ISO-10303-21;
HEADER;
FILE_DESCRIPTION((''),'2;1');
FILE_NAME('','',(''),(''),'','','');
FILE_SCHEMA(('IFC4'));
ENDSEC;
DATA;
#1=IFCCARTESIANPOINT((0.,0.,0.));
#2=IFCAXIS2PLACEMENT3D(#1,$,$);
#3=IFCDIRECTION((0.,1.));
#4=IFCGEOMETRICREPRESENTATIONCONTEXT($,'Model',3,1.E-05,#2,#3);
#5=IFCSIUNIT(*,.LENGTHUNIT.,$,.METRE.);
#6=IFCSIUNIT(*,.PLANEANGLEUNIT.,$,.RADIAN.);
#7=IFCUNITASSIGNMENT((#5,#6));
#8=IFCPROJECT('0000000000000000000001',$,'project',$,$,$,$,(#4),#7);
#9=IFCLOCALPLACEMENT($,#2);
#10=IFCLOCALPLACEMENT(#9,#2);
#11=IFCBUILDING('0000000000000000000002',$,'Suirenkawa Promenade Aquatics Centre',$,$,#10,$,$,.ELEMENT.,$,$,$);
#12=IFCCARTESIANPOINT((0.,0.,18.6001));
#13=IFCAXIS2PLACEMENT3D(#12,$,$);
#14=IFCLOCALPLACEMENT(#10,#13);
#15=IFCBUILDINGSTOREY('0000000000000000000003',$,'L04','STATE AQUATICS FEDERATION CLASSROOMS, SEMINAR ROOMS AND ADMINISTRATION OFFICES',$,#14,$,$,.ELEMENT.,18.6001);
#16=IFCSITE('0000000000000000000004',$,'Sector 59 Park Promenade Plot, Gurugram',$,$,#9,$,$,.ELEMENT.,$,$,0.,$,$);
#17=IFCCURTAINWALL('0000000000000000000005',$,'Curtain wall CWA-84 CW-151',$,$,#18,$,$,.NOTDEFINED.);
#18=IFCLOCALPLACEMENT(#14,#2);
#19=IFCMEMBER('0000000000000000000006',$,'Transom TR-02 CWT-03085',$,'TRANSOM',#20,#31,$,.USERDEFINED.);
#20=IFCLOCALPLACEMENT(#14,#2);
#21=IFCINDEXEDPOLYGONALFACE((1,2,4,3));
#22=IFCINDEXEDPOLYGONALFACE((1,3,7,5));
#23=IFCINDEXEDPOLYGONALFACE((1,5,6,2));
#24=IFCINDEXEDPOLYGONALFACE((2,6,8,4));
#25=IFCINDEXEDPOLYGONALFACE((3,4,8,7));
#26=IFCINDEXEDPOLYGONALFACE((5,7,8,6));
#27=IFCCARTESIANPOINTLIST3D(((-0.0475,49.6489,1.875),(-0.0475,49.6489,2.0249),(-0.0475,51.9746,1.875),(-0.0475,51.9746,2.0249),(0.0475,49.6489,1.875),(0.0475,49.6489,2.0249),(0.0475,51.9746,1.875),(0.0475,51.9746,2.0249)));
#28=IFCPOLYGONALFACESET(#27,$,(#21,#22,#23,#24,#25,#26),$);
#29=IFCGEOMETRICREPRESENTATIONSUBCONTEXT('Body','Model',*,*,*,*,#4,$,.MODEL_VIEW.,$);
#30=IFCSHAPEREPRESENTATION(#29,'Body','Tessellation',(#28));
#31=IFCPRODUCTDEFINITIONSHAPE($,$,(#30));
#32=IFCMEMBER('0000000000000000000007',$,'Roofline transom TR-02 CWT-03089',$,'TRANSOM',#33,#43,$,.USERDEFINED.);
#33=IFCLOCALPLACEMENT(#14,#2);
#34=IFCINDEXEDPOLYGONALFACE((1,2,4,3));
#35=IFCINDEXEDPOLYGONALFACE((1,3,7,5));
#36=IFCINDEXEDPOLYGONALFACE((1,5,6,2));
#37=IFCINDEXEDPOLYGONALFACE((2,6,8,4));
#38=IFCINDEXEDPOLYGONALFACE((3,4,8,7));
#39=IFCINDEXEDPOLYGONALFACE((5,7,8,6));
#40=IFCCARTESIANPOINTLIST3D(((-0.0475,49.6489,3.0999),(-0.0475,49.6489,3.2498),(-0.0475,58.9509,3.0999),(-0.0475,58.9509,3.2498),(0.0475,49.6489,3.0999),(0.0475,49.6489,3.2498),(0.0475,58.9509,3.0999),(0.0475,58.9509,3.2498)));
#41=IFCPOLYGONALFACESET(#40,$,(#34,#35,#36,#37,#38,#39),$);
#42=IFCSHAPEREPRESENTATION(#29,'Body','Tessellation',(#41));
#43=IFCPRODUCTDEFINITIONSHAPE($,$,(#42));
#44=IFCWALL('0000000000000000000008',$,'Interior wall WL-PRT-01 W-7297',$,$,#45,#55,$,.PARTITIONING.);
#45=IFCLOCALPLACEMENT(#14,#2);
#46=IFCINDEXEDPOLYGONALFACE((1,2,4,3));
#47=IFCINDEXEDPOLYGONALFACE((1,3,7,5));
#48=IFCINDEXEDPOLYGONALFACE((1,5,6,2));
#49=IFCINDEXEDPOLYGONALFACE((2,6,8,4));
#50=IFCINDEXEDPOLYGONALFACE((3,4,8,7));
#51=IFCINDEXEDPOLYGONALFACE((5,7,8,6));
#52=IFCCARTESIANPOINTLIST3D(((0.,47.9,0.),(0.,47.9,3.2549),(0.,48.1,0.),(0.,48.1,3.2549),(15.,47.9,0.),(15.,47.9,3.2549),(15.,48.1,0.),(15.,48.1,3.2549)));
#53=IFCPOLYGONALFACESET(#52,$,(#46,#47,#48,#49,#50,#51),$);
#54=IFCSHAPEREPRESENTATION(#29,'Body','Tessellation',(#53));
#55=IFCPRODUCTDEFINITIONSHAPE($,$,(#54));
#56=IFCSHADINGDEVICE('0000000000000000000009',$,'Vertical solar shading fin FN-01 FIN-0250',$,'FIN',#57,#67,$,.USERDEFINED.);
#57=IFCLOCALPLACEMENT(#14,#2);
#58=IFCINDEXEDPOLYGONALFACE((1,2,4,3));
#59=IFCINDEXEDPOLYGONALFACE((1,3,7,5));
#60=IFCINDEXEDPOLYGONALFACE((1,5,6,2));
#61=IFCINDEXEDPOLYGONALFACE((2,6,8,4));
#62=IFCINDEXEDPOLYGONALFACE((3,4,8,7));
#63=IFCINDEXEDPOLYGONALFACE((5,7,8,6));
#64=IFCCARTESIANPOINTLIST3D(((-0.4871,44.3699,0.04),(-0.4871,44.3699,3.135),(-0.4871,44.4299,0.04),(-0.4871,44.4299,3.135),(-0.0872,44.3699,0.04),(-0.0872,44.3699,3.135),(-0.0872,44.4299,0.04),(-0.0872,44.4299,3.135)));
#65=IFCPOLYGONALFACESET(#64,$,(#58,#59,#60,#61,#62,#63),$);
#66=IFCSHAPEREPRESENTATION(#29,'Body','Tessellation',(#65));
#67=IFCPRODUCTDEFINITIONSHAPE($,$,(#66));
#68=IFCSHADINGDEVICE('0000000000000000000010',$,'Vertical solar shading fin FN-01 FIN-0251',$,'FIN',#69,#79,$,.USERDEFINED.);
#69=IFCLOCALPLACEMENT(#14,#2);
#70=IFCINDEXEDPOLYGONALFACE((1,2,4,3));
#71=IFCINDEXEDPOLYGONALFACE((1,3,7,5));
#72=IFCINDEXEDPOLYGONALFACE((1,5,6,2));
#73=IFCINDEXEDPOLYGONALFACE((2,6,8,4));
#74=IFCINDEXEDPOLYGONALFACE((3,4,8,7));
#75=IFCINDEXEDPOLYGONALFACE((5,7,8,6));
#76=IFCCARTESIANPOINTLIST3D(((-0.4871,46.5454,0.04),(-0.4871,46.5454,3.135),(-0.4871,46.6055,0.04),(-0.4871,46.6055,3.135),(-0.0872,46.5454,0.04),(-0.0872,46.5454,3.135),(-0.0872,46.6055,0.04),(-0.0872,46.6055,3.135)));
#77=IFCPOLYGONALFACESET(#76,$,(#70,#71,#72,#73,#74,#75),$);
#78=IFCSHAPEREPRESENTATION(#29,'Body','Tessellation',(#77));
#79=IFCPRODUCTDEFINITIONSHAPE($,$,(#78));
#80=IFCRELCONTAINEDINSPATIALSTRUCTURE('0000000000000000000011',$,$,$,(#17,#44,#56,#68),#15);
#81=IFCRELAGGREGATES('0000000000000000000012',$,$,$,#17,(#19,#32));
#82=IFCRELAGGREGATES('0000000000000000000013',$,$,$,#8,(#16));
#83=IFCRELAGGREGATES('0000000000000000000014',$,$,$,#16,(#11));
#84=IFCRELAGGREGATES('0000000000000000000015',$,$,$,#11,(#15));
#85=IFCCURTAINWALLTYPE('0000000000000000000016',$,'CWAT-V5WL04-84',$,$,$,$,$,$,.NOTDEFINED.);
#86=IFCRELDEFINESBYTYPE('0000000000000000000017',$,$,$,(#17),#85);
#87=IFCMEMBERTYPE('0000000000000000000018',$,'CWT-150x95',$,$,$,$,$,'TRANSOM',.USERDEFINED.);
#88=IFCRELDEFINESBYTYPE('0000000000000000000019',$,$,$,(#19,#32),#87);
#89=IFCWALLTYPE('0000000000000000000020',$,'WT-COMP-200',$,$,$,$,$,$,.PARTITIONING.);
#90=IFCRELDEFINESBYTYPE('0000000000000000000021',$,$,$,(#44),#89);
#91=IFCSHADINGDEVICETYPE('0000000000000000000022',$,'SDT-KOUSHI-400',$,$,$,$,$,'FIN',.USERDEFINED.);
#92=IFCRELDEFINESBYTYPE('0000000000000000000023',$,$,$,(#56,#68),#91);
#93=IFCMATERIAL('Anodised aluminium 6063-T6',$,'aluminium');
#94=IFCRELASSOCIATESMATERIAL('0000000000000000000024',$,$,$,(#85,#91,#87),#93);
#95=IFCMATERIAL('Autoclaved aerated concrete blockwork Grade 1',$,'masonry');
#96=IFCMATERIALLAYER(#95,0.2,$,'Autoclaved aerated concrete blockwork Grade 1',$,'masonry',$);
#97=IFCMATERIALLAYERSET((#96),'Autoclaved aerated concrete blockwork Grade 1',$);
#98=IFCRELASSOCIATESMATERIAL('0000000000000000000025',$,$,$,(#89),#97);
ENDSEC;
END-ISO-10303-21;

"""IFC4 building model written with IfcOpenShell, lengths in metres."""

from ifc_helpers import new_model, si_unit, direction, frame, frame_2d, origin, origin_2d, place, context, subcontext, project, spatial, rectangle, extrude, material, layer, layer_set, material_profile, profile_set, type_object, element, aggregate, save


model = new_model("IFC4")

# Units and contexts
model_context = context("Model", 3, precision=1e-05, world=origin(), true_north=direction((0.0, 1.0)))
body_context = subcontext(model_context, "Body", "Model", "MODEL_VIEW")
ifc_project = project(units=[si_unit("LENGTHUNIT", "METRE"), si_unit("PLANEANGLEUNIT", "RADIAN")], contexts=[model_context])

# Site, building, storey
site_placement = place(None, origin())
site = spatial("IfcSite", under=ifc_project, at=site_placement, Name="Sector 59 Park Promenade Plot, Gurugram", CompositionType="ELEMENT", RefElevation=0.0)
building_placement = place(site_placement, origin())
building = spatial("IfcBuilding", under=site, at=building_placement, Name="Suirenkawa Promenade Aquatics Centre", CompositionType="ELEMENT")
storey_placement = place(building_placement, frame((0.0, 0.0, 18.6001)))
storey = spatial("IfcBuildingStorey", under=building, at=storey_placement, Name="L04", Description="STATE AQUATICS FEDERATION CLASSROOMS, SEMINAR ROOMS AND ADMINISTRATION OFFICES", CompositionType="ELEMENT", Elevation=18.6001)

# Shared definitions
ifc_material_1 = material(Name="Anodised aluminium 6063-T6", Category="aluminium")

# Curtain wall
curtain_wall_type_1 = type_object("IfcCurtainWallType", Name="CWAT-V5WL04-84", PredefinedType="NOTDEFINED", material=ifc_material_1)
curtain_wall_1_placement = place(storey_placement, origin())
curtain_wall_1 = element("IfcCurtainWall", 1, at=curtain_wall_1_placement, inside=storey, type_object=curtain_wall_type_1, Name="Curtain wall CWA-84 CW-151", PredefinedType="NOTDEFINED")

# Members
ifc_material_profile_1 = material_profile(ifc_material_1, rectangle(XDim=0.095, YDim=0.1499, at=origin_2d()), Name="ALU TRAN 95x150", Category="aluminium")
ifc_profile_set_1 = profile_set([ifc_material_profile_1], Name="Anodised aluminium 6063-T6")
member_type_1 = type_object("IfcMemberType", Name="CWT-150x95", ElementType="TRANSOM", PredefinedType="USERDEFINED", material=ifc_profile_set_1)
member_1_placement = place(storey_placement, frame((0.0, 49.6489, 1.95), z_axis=(0.0, 1.0, 0.0), x_axis=(-1.0, 0.0, 0.0)))
member_1 = element("IfcMember", 2, at=member_1_placement, type_object=member_type_1, Name="Transom TR-02 CWT-03085", ObjectType="TRANSOM", PredefinedType="USERDEFINED", context=body_context, shape_type="SweptSolid", body=[
    extrude(rectangle(XDim=0.095, YDim=0.1499, at=origin_2d()), origin(), (0.0, 0.0, 1.0), 2.3257),
])
member_2_placement = place(storey_placement, frame((0.0, 49.6489, 3.1748), z_axis=(0.0, 1.0, 0.0), x_axis=(-1.0, 0.0, 0.0)))
member_2 = element("IfcMember", 3, at=member_2_placement, type_object=member_type_1, Name="Roofline transom TR-02 CWT-03089", ObjectType="TRANSOM", PredefinedType="USERDEFINED", context=body_context, shape_type="SweptSolid", body=[
    extrude(rectangle(XDim=0.095, YDim=0.1499, at=origin_2d()), origin(), (0.0, 0.0, 1.0), 9.302),
])
aggregate(curtain_wall_1, [member_1, member_2])

# Wall
ifc_material_2 = material(Name="Autoclaved aerated concrete blockwork Grade 1", Category="masonry")
ifc_layer_1 = layer(ifc_material_2, 0.2, Name="Autoclaved aerated concrete blockwork Grade 1", Category="masonry")
ifc_layer_set_1 = layer_set([ifc_layer_1], Name="Autoclaved aerated concrete blockwork Grade 1")
wall_type = type_object("IfcWallType", Name="WT-COMP-200", PredefinedType="PARTITIONING", material=ifc_layer_set_1)
wall_placement = place(storey_placement, frame((0.0, 48.0, 0.0), z_axis=(0.0, 0.0, 1.0), x_axis=(1.0, 0.0, 0.0)))
element("IfcWall", 4, at=wall_placement, inside=storey, type_object=wall_type, Name="Interior wall WL-PRT-01 W-7297", PredefinedType="PARTITIONING", context=body_context, shape_type="SweptSolid", body=[
    extrude(rectangle(XDim=15.0, YDim=0.2, at=frame_2d((7.5, 0.0))), origin(), (0.0, 0.0, 1.0), 3.2549),
])

# Shading devices
shading_device_type = type_object("IfcShadingDeviceType", Name="SDT-KOUSHI-400", ElementType="FIN", PredefinedType="USERDEFINED", material=ifc_material_1)
for number, where, z_axis, x_axis, name in (
    (5, (-0.2871, 44.3999, 0.04), (0.0, 0.0, 1.0), (-1.0, 0.0, 0.0), "Vertical solar shading fin FN-01 FIN-0250"),
    (6, (-0.2871, 46.5754, 0.04), (0.0, 0.0, 1.0), (-1.0, 0.0, 0.0), "Vertical solar shading fin FN-01 FIN-0251"),
):
    element("IfcShadingDevice", number, at=place(storey_placement, frame(where, z_axis=z_axis, x_axis=x_axis)), inside=storey, type_object=shading_device_type, Name=name, ObjectType="FIN", PredefinedType="USERDEFINED", context=body_context, shape_type="SweptSolid", body=[
        extrude(rectangle(XDim=0.3999, YDim=0.0601, at=origin_2d()), origin(), (0.0, 0.0, 1.0), 3.095),
    ])

save(model, "model.ifc")
